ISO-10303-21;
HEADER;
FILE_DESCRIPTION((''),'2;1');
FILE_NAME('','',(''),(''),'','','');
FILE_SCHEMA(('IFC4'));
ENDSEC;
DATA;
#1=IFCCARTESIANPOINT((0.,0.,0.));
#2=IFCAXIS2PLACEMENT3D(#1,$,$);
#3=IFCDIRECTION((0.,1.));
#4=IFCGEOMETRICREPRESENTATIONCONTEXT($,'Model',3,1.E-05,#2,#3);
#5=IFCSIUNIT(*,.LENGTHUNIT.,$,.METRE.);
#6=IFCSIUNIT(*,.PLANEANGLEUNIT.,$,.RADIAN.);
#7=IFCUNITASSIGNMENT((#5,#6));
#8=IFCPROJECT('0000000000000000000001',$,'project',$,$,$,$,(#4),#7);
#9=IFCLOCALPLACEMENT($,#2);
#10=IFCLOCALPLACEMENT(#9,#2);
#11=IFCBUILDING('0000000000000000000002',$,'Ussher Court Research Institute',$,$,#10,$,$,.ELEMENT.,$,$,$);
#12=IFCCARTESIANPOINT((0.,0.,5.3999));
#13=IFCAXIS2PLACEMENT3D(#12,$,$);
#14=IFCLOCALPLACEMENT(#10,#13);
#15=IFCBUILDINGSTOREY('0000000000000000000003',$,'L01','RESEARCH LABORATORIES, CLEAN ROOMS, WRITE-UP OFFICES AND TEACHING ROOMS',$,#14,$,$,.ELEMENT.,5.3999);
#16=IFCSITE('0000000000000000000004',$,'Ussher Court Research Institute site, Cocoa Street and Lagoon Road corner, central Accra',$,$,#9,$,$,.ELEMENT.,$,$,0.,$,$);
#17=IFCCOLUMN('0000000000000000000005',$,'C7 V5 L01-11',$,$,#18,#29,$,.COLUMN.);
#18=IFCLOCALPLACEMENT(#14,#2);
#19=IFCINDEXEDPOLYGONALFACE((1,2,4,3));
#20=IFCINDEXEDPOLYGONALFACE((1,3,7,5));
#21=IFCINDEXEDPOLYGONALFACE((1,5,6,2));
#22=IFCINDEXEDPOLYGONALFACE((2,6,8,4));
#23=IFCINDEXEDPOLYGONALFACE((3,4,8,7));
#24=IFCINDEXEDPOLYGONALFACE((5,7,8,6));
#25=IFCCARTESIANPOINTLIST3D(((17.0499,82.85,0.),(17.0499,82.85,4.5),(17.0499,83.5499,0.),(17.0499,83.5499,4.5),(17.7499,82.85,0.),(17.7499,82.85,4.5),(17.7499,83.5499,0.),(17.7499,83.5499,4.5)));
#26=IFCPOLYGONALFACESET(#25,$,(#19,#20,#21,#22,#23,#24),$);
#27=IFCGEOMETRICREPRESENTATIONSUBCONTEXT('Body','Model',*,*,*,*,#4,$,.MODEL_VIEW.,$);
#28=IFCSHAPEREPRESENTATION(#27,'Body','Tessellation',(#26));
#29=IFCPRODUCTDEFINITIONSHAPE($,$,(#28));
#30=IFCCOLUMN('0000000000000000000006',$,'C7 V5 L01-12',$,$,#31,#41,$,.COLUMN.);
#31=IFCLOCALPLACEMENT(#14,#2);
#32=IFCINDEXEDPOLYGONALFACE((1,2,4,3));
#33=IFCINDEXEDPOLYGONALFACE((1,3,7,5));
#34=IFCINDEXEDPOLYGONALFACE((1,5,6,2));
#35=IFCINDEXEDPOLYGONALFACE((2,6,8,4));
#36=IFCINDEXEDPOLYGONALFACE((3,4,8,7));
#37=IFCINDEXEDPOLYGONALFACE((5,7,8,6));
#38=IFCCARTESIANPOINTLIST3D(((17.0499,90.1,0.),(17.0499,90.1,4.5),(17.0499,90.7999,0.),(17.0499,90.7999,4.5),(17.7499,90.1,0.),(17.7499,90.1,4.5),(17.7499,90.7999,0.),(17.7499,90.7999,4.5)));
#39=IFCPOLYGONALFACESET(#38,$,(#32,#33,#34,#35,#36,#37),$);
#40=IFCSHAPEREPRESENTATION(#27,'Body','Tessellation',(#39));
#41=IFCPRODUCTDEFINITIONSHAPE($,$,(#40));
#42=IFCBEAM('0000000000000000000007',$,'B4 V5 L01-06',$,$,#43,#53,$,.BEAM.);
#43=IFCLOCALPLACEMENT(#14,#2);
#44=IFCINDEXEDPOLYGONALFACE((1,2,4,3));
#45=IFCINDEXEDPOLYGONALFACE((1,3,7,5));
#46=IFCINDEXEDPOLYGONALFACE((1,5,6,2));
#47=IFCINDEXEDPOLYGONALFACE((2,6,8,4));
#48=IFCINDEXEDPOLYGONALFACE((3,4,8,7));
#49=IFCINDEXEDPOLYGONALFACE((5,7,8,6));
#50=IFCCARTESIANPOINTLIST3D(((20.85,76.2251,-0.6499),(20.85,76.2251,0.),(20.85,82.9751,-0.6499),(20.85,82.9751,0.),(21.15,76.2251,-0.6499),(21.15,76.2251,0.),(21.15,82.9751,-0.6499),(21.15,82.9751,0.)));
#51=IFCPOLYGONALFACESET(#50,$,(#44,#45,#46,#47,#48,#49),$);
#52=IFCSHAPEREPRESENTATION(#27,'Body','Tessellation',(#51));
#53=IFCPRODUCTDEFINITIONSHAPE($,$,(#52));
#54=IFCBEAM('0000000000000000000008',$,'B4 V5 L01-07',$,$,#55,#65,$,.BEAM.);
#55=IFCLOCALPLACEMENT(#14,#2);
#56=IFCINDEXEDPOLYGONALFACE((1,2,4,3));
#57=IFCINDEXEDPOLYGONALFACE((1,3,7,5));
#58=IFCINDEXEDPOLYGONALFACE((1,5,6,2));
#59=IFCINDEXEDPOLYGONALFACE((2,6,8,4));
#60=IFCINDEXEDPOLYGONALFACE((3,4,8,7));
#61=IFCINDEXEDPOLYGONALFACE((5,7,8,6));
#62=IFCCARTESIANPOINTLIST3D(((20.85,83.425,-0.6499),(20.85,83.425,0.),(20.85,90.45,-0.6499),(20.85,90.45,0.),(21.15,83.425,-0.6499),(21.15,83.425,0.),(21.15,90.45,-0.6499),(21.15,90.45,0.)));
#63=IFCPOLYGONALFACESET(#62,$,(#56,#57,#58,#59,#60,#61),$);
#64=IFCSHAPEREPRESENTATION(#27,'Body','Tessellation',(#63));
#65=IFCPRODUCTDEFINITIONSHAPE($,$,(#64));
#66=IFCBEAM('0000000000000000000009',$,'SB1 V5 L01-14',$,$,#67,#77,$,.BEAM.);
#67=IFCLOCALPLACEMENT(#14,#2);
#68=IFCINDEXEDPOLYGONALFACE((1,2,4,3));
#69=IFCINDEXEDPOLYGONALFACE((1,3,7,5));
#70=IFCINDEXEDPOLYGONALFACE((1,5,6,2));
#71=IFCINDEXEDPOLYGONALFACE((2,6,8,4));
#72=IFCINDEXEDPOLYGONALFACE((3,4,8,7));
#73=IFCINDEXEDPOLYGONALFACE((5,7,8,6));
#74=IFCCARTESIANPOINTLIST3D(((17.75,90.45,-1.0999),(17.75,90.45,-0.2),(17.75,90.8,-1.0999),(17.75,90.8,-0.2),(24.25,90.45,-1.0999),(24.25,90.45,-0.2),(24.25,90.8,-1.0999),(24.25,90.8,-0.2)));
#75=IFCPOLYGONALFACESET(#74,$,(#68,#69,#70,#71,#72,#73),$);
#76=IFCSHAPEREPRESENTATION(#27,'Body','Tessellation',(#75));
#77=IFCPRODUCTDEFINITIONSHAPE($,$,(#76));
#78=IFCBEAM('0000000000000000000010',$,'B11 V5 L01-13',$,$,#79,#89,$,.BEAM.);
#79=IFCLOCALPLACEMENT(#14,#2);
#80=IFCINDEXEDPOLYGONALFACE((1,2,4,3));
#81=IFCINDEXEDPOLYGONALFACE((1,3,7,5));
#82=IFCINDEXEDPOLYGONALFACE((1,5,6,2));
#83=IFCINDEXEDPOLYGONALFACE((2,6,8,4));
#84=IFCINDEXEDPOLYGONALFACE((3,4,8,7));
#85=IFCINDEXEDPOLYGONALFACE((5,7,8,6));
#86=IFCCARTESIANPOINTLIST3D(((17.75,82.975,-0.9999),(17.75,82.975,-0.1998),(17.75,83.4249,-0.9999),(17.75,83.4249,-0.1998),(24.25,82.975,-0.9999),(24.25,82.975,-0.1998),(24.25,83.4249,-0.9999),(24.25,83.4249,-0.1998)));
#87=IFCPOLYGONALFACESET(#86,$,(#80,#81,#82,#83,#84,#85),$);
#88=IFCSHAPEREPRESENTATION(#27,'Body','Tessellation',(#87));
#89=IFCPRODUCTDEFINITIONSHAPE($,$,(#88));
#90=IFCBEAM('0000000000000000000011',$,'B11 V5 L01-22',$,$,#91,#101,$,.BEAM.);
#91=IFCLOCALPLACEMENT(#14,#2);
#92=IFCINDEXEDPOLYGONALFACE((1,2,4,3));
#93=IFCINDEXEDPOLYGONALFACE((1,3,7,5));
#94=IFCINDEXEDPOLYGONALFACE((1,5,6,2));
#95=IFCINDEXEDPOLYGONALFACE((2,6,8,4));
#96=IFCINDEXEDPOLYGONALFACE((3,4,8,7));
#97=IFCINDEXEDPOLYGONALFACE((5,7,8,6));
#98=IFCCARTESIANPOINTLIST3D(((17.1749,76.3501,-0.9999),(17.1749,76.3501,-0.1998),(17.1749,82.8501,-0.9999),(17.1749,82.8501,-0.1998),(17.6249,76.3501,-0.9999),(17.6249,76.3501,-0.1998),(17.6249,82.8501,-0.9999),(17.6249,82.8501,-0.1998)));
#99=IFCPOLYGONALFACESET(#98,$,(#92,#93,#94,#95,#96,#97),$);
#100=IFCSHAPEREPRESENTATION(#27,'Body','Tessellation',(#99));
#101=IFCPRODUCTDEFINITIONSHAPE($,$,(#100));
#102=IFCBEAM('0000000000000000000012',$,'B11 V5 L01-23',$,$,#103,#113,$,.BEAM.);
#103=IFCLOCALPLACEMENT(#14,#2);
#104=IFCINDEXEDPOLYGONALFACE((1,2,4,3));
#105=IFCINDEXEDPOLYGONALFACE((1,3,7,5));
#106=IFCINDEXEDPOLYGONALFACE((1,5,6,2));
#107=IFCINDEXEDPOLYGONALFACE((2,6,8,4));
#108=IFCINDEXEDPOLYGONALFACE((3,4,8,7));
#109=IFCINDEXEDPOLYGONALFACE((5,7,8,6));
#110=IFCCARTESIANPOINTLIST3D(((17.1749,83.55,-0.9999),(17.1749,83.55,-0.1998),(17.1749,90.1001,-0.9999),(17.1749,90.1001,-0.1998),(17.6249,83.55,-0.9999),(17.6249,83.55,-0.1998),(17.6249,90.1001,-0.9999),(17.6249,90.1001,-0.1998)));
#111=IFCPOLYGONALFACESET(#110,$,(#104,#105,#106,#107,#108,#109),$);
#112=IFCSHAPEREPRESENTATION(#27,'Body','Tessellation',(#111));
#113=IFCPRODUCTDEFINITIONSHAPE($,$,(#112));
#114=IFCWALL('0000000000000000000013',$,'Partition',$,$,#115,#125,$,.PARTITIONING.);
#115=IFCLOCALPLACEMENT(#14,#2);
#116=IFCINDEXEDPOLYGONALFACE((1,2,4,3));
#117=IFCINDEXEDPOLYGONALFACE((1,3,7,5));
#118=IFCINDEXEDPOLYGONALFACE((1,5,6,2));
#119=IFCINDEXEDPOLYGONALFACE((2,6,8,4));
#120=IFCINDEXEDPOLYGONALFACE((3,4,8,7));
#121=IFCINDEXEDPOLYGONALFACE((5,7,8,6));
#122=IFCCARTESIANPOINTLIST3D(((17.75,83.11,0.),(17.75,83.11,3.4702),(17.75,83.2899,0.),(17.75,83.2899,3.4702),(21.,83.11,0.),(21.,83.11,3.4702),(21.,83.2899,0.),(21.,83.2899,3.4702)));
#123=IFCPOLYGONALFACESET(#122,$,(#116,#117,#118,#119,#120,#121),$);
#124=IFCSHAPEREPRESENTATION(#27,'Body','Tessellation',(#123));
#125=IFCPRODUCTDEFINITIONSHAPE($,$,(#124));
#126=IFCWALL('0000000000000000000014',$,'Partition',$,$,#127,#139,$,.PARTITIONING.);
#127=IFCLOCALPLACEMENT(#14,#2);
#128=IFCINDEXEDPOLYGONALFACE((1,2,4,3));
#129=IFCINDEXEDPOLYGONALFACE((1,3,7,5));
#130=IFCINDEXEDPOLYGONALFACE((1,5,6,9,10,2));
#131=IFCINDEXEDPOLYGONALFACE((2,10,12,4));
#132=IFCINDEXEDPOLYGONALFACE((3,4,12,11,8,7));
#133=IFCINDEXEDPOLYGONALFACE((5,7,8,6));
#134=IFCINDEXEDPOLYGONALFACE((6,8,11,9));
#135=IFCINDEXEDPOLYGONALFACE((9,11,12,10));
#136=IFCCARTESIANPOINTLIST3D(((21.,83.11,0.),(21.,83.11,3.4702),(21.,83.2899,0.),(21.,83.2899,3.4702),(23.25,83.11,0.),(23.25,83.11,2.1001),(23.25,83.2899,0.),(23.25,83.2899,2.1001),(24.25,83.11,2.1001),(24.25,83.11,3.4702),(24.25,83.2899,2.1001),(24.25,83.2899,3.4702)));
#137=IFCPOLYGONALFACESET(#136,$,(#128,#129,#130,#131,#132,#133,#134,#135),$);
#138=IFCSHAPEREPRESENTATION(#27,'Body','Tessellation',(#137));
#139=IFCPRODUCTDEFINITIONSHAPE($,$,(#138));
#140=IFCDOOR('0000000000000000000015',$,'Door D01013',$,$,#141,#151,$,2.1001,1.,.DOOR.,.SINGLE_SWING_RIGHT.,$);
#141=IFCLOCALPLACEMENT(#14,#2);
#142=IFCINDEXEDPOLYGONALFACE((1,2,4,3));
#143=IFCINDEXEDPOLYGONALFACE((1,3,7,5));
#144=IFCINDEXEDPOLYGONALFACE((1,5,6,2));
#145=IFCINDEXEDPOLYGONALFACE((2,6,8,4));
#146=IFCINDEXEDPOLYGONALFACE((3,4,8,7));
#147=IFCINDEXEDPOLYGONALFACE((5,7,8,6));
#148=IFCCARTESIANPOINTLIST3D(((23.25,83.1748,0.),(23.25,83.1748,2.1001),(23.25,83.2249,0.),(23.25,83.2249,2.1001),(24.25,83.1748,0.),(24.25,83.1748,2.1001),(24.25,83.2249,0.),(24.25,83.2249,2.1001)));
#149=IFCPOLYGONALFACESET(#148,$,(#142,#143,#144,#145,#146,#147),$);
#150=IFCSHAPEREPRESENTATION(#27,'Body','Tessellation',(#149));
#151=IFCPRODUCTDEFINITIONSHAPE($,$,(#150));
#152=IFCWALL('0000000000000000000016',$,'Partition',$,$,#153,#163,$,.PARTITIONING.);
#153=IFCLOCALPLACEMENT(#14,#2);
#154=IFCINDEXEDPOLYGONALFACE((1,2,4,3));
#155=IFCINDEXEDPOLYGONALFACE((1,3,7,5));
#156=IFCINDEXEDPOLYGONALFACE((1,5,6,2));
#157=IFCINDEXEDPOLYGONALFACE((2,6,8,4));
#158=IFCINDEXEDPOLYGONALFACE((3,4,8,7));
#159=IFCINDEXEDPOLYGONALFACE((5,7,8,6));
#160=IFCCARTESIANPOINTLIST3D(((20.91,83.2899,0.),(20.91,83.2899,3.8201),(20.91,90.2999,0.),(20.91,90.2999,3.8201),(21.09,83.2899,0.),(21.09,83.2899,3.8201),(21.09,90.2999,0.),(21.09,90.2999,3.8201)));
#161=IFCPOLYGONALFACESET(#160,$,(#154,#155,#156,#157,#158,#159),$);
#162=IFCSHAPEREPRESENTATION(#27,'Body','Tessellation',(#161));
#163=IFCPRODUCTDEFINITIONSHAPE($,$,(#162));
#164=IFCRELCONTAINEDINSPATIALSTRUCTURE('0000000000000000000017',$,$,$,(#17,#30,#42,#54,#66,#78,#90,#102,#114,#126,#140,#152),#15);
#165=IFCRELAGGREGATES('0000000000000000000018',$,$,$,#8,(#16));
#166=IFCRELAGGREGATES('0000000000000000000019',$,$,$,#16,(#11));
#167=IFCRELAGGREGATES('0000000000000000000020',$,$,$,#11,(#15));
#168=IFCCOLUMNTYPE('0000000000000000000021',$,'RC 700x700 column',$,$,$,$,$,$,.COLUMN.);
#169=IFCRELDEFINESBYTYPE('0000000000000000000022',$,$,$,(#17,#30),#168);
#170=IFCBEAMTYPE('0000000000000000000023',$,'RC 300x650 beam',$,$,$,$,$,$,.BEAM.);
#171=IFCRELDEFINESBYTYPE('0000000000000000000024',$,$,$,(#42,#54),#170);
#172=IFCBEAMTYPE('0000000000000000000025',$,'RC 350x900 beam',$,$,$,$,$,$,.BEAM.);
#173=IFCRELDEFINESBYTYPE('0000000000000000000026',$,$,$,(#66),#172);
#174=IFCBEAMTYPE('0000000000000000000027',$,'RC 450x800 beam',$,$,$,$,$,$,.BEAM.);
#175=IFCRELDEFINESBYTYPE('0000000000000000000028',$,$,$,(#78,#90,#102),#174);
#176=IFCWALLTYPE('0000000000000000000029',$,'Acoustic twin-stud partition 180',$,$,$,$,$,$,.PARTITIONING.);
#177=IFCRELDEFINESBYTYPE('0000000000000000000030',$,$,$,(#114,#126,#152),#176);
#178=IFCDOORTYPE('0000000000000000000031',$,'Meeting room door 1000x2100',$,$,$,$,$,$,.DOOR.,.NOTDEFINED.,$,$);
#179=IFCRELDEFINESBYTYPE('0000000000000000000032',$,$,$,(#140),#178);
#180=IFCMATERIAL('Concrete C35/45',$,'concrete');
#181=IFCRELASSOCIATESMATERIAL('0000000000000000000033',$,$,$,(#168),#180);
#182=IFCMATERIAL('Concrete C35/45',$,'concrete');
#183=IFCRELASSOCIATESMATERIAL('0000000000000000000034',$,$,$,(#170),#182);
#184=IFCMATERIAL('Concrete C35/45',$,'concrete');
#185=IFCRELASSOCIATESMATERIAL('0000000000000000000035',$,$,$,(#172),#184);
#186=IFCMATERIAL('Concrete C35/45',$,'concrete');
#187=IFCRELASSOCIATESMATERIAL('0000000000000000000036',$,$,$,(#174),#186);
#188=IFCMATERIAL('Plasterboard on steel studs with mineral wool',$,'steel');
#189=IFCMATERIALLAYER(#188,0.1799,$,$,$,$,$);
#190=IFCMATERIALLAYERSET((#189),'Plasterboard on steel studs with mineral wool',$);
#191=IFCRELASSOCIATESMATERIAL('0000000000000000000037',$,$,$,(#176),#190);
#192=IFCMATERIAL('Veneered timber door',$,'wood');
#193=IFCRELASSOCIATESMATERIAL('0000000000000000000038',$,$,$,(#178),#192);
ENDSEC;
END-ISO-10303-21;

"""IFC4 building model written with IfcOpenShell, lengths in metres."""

from ifc_helpers import new_model, si_unit, direction, frame, frame_2d, origin, origin_2d, place, context, subcontext, project, spatial, rectangle, extrude, material, layer, layer_set, material_profile, profile_set, type_object, element, fill, save


model = new_model("IFC4")

# Units and contexts
model_context = context("Model", 3, precision=1e-05, world=origin(), true_north=direction((0.0, 1.0)))
body_context = subcontext(model_context, "Body", "Model", "MODEL_VIEW")
ifc_project = project(units=[si_unit("LENGTHUNIT", "METRE"), si_unit("PLANEANGLEUNIT", "RADIAN")], contexts=[model_context])

# Site, building, storey
site_placement = place(None, origin())
site = spatial("IfcSite", under=ifc_project, at=site_placement, Name="Ussher Court Research Institute site, Cocoa Street and Lagoon Road corner, central Accra", CompositionType="ELEMENT", RefElevation=0.0)
building_placement = place(site_placement, origin())
building = spatial("IfcBuilding", under=site, at=building_placement, Name="Ussher Court Research Institute", CompositionType="ELEMENT")
storey_placement = place(building_placement, frame((0.0, 0.0, 5.3999)))
storey = spatial("IfcBuildingStorey", under=building, at=storey_placement, Name="L01", Description="RESEARCH LABORATORIES, CLEAN ROOMS, WRITE-UP OFFICES AND TEACHING ROOMS", CompositionType="ELEMENT", Elevation=5.3999)

# Columns
ifc_material_1 = material(Name="Concrete C35/45", Category="concrete")
ifc_material_profile_1 = material_profile(ifc_material_1, rectangle(XDim=0.7, YDim=0.7, at=origin_2d()), Name="RC 700x700")
ifc_profile_set_1 = profile_set([ifc_material_profile_1], Name="Concrete C35/45")
column_type = type_object("IfcColumnType", Name="RC 700x700 column", PredefinedType="COLUMN", material=ifc_profile_set_1)
for number, where, z_axis, x_axis, name in (
    (1, (17.3999, 83.2, 0.0), (0.0, 0.0, 1.0), (1.0, 0.0, 0.0), "C7 V5 L01-11"),
    (2, (17.3999, 90.45, 0.0), (0.0, 0.0, 1.0), (1.0, 0.0, 0.0), "C7 V5 L01-12"),
):
    element("IfcColumn", number, at=place(storey_placement, frame(where, z_axis=z_axis, x_axis=x_axis)), inside=storey, type_object=column_type, Name=name, PredefinedType="COLUMN", context=body_context, shape_type="SweptSolid", body=[
        extrude(rectangle(XDim=0.7, YDim=0.7, at=origin_2d()), origin(), (0.0, 0.0, 1.0), 4.5),
    ])

# Beams
ifc_material_2 = material(Name="Concrete C35/45", Category="concrete")
ifc_material_profile_2 = material_profile(ifc_material_2, rectangle(XDim=0.3, YDim=0.6499, at=origin_2d()), Name="RC 300x650")
ifc_profile_set_2 = profile_set([ifc_material_profile_2], Name="Concrete C35/45")
beam_type_1 = type_object("IfcBeamType", Name="RC 300x650 beam", PredefinedType="BEAM", material=ifc_profile_set_2)
beam_1_placement = place(storey_placement, frame((21.0, 76.2251, -0.325), z_axis=(0.0, 1.0, 0.0), x_axis=(-1.0, 0.0, 0.0)))
element("IfcBeam", 3, at=beam_1_placement, inside=storey, type_object=beam_type_1, Name="B4 V5 L01-06", PredefinedType="BEAM", context=body_context, shape_type="SweptSolid", body=[
    extrude(rectangle(XDim=0.3, YDim=0.6499, at=origin_2d()), origin(), (0.0, 0.0, 1.0), 6.75),
])
beam_2_placement = place(storey_placement, frame((21.0, 83.425, -0.325), z_axis=(0.0, 1.0, 0.0), x_axis=(-1.0, 0.0, 0.0)))
element("IfcBeam", 4, at=beam_2_placement, inside=storey, type_object=beam_type_1, Name="B4 V5 L01-07", PredefinedType="BEAM", context=body_context, shape_type="SweptSolid", body=[
    extrude(rectangle(XDim=0.3, YDim=0.6499, at=origin_2d()), origin(), (0.0, 0.0, 1.0), 7.0249),
])
ifc_material_3 = material(Name="Concrete C35/45", Category="concrete")
ifc_material_profile_3 = material_profile(ifc_material_3, rectangle(XDim=0.3501, YDim=0.8999, at=origin_2d()), Name="RC 350x900")
ifc_profile_set_3 = profile_set([ifc_material_profile_3], Name="Concrete C35/45")
beam_type_2 = type_object("IfcBeamType", Name="RC 350x900 beam", PredefinedType="BEAM", material=ifc_profile_set_3)
beam_3_placement = place(storey_placement, frame((17.75, 90.625, -0.6499), z_axis=(1.0, 0.0, 0.0), x_axis=(0.0, 1.0, 0.0)))
element("IfcBeam", 5, at=beam_3_placement, inside=storey, type_object=beam_type_2, Name="SB1 V5 L01-14", PredefinedType="BEAM", context=body_context, shape_type="SweptSolid", body=[
    extrude(rectangle(XDim=0.3501, YDim=0.8999, at=origin_2d()), origin(), (0.0, 0.0, 1.0), 6.5),
])
ifc_material_4 = material(Name="Concrete C35/45", Category="concrete")
ifc_material_profile_4 = material_profile(ifc_material_4, rectangle(XDim=0.45, YDim=0.8, at=origin_2d()), Name="RC 450x800")
ifc_profile_set_4 = profile_set([ifc_material_profile_4], Name="Concrete C35/45")
beam_type_3 = type_object("IfcBeamType", Name="RC 450x800 beam", PredefinedType="BEAM", material=ifc_profile_set_4)
for number, where, z_axis, x_axis, name in (
    (6, (17.75, 83.2, -0.5999), (1.0, 0.0, 0.0), (0.0, 1.0, 0.0), "B11 V5 L01-13"),
    (7, (17.3999, 76.3501, -0.5999), (0.0, 1.0, 0.0), (-1.0, 0.0, 0.0), "B11 V5 L01-22"),
):
    element("IfcBeam", number, at=place(storey_placement, frame(where, z_axis=z_axis, x_axis=x_axis)), inside=storey, type_object=beam_type_3, Name=name, PredefinedType="BEAM", context=body_context, shape_type="SweptSolid", body=[
        extrude(rectangle(XDim=0.45, YDim=0.8, at=origin_2d()), origin(), (0.0, 0.0, 1.0), 6.5),
    ])
beam_4_placement = place(storey_placement, frame((17.3999, 83.55, -0.5999), z_axis=(0.0, 1.0, 0.0), x_axis=(-1.0, 0.0, 0.0)))
element("IfcBeam", 8, at=beam_4_placement, inside=storey, type_object=beam_type_3, Name="B11 V5 L01-23", PredefinedType="BEAM", context=body_context, shape_type="SweptSolid", body=[
    extrude(rectangle(XDim=0.45, YDim=0.8, at=origin_2d()), origin(), (0.0, 0.0, 1.0), 6.55),
])

# Wall
ifc_material_5 = material(Name="Plasterboard on steel studs with mineral wool", Category="steel")
ifc_layer_1 = layer(ifc_material_5, 0.1799)
ifc_layer_set_1 = layer_set([ifc_layer_1], Name="Plasterboard on steel studs with mineral wool")
wall_type_1 = type_object("IfcWallType", Name="Acoustic twin-stud partition 180", PredefinedType="PARTITIONING", material=ifc_layer_set_1)
wall_1_placement = place(storey_placement, frame((17.75, 83.2, 0.0), z_axis=(0.0, 0.0, 1.0), x_axis=(1.0, 0.0, 0.0)))
element("IfcWall", 9, at=wall_1_placement, inside=storey, type_object=wall_type_1, Name="Partition", PredefinedType="PARTITIONING", context=body_context, shape_type="SweptSolid", body=[
    extrude(rectangle(XDim=3.25, YDim=0.1799, at=frame_2d((1.625, 0.0))), origin(), (0.0, 0.0, 1.0), 3.4702),
])

# Wall, opening, door
wall_2_placement = place(storey_placement, frame((21.0, 83.2, 0.0), z_axis=(0.0, 0.0, 1.0), x_axis=(1.0, 0.0, 0.0)))
wall_2 = element("IfcWall", 10, at=wall_2_placement, inside=storey, type_object=wall_type_1, Name="Partition", PredefinedType="PARTITIONING", context=body_context, shape_type="SweptSolid", body=[
    extrude(rectangle(XDim=3.25, YDim=0.1799, at=frame_2d((1.625, 0.0))), origin(), (0.0, 0.0, 1.0), 3.4702),
])
opening_1_placement = place(wall_2_placement, frame((2.25, 0.0, 0.0)))
opening_1 = element("IfcOpeningElement", 11, at=opening_1_placement, cuts=wall_2, PredefinedType="OPENING", context=body_context, shape_type="SweptSolid", body=[
    extrude(rectangle(XDim=1.0, YDim=2.1001, at=frame_2d((0.5, 1.05))), frame((0.0, 0.1001, 0.0), z_axis=(0.0, -1.0, 0.0), x_axis=(1.0, 0.0, 0.0)), (0.0, 0.0, 1.0), 0.2),
])
ifc_material_6 = material(Name="Veneered timber door", Category="wood")
door_type_1 = type_object("IfcDoorType", Name="Meeting room door 1000x2100", OperationType="NOTDEFINED", PredefinedType="DOOR", material=ifc_material_6)
door_1_placement = place(opening_1_placement, origin())
door_1 = element("IfcDoor", 12, at=door_1_placement, inside=storey, type_object=door_type_1, Name="Door D01013", OperationType="SINGLE_SWING_RIGHT", OverallHeight=2.1001, OverallWidth=1.0, PredefinedType="DOOR", context=body_context, shape_type="SweptSolid", body=[
    extrude(rectangle(XDim=1.0, YDim=2.1001, at=frame_2d((0.5, 1.05))), frame((0.0, 0.0249, 0.0), z_axis=(0.0, -1.0, 0.0), x_axis=(1.0, 0.0, 0.0)), (0.0, 0.0, 1.0), 0.05),
])
fill(opening_1, door_1)

# Wall
wall_3_placement = place(storey_placement, frame((21.0, 83.29, 0.0), z_axis=(0.0, 0.0, 1.0), x_axis=(0.0, 1.0, 0.0)))
element("IfcWall", 13, at=wall_3_placement, inside=storey, type_object=wall_type_1, Name="Partition", PredefinedType="PARTITIONING", context=body_context, shape_type="SweptSolid", body=[
    extrude(rectangle(XDim=7.01, YDim=0.1799, at=frame_2d((3.5049, 0.0))), origin(), (0.0, 0.0, 1.0), 3.8201),
])

save(model, "model.ifc")
